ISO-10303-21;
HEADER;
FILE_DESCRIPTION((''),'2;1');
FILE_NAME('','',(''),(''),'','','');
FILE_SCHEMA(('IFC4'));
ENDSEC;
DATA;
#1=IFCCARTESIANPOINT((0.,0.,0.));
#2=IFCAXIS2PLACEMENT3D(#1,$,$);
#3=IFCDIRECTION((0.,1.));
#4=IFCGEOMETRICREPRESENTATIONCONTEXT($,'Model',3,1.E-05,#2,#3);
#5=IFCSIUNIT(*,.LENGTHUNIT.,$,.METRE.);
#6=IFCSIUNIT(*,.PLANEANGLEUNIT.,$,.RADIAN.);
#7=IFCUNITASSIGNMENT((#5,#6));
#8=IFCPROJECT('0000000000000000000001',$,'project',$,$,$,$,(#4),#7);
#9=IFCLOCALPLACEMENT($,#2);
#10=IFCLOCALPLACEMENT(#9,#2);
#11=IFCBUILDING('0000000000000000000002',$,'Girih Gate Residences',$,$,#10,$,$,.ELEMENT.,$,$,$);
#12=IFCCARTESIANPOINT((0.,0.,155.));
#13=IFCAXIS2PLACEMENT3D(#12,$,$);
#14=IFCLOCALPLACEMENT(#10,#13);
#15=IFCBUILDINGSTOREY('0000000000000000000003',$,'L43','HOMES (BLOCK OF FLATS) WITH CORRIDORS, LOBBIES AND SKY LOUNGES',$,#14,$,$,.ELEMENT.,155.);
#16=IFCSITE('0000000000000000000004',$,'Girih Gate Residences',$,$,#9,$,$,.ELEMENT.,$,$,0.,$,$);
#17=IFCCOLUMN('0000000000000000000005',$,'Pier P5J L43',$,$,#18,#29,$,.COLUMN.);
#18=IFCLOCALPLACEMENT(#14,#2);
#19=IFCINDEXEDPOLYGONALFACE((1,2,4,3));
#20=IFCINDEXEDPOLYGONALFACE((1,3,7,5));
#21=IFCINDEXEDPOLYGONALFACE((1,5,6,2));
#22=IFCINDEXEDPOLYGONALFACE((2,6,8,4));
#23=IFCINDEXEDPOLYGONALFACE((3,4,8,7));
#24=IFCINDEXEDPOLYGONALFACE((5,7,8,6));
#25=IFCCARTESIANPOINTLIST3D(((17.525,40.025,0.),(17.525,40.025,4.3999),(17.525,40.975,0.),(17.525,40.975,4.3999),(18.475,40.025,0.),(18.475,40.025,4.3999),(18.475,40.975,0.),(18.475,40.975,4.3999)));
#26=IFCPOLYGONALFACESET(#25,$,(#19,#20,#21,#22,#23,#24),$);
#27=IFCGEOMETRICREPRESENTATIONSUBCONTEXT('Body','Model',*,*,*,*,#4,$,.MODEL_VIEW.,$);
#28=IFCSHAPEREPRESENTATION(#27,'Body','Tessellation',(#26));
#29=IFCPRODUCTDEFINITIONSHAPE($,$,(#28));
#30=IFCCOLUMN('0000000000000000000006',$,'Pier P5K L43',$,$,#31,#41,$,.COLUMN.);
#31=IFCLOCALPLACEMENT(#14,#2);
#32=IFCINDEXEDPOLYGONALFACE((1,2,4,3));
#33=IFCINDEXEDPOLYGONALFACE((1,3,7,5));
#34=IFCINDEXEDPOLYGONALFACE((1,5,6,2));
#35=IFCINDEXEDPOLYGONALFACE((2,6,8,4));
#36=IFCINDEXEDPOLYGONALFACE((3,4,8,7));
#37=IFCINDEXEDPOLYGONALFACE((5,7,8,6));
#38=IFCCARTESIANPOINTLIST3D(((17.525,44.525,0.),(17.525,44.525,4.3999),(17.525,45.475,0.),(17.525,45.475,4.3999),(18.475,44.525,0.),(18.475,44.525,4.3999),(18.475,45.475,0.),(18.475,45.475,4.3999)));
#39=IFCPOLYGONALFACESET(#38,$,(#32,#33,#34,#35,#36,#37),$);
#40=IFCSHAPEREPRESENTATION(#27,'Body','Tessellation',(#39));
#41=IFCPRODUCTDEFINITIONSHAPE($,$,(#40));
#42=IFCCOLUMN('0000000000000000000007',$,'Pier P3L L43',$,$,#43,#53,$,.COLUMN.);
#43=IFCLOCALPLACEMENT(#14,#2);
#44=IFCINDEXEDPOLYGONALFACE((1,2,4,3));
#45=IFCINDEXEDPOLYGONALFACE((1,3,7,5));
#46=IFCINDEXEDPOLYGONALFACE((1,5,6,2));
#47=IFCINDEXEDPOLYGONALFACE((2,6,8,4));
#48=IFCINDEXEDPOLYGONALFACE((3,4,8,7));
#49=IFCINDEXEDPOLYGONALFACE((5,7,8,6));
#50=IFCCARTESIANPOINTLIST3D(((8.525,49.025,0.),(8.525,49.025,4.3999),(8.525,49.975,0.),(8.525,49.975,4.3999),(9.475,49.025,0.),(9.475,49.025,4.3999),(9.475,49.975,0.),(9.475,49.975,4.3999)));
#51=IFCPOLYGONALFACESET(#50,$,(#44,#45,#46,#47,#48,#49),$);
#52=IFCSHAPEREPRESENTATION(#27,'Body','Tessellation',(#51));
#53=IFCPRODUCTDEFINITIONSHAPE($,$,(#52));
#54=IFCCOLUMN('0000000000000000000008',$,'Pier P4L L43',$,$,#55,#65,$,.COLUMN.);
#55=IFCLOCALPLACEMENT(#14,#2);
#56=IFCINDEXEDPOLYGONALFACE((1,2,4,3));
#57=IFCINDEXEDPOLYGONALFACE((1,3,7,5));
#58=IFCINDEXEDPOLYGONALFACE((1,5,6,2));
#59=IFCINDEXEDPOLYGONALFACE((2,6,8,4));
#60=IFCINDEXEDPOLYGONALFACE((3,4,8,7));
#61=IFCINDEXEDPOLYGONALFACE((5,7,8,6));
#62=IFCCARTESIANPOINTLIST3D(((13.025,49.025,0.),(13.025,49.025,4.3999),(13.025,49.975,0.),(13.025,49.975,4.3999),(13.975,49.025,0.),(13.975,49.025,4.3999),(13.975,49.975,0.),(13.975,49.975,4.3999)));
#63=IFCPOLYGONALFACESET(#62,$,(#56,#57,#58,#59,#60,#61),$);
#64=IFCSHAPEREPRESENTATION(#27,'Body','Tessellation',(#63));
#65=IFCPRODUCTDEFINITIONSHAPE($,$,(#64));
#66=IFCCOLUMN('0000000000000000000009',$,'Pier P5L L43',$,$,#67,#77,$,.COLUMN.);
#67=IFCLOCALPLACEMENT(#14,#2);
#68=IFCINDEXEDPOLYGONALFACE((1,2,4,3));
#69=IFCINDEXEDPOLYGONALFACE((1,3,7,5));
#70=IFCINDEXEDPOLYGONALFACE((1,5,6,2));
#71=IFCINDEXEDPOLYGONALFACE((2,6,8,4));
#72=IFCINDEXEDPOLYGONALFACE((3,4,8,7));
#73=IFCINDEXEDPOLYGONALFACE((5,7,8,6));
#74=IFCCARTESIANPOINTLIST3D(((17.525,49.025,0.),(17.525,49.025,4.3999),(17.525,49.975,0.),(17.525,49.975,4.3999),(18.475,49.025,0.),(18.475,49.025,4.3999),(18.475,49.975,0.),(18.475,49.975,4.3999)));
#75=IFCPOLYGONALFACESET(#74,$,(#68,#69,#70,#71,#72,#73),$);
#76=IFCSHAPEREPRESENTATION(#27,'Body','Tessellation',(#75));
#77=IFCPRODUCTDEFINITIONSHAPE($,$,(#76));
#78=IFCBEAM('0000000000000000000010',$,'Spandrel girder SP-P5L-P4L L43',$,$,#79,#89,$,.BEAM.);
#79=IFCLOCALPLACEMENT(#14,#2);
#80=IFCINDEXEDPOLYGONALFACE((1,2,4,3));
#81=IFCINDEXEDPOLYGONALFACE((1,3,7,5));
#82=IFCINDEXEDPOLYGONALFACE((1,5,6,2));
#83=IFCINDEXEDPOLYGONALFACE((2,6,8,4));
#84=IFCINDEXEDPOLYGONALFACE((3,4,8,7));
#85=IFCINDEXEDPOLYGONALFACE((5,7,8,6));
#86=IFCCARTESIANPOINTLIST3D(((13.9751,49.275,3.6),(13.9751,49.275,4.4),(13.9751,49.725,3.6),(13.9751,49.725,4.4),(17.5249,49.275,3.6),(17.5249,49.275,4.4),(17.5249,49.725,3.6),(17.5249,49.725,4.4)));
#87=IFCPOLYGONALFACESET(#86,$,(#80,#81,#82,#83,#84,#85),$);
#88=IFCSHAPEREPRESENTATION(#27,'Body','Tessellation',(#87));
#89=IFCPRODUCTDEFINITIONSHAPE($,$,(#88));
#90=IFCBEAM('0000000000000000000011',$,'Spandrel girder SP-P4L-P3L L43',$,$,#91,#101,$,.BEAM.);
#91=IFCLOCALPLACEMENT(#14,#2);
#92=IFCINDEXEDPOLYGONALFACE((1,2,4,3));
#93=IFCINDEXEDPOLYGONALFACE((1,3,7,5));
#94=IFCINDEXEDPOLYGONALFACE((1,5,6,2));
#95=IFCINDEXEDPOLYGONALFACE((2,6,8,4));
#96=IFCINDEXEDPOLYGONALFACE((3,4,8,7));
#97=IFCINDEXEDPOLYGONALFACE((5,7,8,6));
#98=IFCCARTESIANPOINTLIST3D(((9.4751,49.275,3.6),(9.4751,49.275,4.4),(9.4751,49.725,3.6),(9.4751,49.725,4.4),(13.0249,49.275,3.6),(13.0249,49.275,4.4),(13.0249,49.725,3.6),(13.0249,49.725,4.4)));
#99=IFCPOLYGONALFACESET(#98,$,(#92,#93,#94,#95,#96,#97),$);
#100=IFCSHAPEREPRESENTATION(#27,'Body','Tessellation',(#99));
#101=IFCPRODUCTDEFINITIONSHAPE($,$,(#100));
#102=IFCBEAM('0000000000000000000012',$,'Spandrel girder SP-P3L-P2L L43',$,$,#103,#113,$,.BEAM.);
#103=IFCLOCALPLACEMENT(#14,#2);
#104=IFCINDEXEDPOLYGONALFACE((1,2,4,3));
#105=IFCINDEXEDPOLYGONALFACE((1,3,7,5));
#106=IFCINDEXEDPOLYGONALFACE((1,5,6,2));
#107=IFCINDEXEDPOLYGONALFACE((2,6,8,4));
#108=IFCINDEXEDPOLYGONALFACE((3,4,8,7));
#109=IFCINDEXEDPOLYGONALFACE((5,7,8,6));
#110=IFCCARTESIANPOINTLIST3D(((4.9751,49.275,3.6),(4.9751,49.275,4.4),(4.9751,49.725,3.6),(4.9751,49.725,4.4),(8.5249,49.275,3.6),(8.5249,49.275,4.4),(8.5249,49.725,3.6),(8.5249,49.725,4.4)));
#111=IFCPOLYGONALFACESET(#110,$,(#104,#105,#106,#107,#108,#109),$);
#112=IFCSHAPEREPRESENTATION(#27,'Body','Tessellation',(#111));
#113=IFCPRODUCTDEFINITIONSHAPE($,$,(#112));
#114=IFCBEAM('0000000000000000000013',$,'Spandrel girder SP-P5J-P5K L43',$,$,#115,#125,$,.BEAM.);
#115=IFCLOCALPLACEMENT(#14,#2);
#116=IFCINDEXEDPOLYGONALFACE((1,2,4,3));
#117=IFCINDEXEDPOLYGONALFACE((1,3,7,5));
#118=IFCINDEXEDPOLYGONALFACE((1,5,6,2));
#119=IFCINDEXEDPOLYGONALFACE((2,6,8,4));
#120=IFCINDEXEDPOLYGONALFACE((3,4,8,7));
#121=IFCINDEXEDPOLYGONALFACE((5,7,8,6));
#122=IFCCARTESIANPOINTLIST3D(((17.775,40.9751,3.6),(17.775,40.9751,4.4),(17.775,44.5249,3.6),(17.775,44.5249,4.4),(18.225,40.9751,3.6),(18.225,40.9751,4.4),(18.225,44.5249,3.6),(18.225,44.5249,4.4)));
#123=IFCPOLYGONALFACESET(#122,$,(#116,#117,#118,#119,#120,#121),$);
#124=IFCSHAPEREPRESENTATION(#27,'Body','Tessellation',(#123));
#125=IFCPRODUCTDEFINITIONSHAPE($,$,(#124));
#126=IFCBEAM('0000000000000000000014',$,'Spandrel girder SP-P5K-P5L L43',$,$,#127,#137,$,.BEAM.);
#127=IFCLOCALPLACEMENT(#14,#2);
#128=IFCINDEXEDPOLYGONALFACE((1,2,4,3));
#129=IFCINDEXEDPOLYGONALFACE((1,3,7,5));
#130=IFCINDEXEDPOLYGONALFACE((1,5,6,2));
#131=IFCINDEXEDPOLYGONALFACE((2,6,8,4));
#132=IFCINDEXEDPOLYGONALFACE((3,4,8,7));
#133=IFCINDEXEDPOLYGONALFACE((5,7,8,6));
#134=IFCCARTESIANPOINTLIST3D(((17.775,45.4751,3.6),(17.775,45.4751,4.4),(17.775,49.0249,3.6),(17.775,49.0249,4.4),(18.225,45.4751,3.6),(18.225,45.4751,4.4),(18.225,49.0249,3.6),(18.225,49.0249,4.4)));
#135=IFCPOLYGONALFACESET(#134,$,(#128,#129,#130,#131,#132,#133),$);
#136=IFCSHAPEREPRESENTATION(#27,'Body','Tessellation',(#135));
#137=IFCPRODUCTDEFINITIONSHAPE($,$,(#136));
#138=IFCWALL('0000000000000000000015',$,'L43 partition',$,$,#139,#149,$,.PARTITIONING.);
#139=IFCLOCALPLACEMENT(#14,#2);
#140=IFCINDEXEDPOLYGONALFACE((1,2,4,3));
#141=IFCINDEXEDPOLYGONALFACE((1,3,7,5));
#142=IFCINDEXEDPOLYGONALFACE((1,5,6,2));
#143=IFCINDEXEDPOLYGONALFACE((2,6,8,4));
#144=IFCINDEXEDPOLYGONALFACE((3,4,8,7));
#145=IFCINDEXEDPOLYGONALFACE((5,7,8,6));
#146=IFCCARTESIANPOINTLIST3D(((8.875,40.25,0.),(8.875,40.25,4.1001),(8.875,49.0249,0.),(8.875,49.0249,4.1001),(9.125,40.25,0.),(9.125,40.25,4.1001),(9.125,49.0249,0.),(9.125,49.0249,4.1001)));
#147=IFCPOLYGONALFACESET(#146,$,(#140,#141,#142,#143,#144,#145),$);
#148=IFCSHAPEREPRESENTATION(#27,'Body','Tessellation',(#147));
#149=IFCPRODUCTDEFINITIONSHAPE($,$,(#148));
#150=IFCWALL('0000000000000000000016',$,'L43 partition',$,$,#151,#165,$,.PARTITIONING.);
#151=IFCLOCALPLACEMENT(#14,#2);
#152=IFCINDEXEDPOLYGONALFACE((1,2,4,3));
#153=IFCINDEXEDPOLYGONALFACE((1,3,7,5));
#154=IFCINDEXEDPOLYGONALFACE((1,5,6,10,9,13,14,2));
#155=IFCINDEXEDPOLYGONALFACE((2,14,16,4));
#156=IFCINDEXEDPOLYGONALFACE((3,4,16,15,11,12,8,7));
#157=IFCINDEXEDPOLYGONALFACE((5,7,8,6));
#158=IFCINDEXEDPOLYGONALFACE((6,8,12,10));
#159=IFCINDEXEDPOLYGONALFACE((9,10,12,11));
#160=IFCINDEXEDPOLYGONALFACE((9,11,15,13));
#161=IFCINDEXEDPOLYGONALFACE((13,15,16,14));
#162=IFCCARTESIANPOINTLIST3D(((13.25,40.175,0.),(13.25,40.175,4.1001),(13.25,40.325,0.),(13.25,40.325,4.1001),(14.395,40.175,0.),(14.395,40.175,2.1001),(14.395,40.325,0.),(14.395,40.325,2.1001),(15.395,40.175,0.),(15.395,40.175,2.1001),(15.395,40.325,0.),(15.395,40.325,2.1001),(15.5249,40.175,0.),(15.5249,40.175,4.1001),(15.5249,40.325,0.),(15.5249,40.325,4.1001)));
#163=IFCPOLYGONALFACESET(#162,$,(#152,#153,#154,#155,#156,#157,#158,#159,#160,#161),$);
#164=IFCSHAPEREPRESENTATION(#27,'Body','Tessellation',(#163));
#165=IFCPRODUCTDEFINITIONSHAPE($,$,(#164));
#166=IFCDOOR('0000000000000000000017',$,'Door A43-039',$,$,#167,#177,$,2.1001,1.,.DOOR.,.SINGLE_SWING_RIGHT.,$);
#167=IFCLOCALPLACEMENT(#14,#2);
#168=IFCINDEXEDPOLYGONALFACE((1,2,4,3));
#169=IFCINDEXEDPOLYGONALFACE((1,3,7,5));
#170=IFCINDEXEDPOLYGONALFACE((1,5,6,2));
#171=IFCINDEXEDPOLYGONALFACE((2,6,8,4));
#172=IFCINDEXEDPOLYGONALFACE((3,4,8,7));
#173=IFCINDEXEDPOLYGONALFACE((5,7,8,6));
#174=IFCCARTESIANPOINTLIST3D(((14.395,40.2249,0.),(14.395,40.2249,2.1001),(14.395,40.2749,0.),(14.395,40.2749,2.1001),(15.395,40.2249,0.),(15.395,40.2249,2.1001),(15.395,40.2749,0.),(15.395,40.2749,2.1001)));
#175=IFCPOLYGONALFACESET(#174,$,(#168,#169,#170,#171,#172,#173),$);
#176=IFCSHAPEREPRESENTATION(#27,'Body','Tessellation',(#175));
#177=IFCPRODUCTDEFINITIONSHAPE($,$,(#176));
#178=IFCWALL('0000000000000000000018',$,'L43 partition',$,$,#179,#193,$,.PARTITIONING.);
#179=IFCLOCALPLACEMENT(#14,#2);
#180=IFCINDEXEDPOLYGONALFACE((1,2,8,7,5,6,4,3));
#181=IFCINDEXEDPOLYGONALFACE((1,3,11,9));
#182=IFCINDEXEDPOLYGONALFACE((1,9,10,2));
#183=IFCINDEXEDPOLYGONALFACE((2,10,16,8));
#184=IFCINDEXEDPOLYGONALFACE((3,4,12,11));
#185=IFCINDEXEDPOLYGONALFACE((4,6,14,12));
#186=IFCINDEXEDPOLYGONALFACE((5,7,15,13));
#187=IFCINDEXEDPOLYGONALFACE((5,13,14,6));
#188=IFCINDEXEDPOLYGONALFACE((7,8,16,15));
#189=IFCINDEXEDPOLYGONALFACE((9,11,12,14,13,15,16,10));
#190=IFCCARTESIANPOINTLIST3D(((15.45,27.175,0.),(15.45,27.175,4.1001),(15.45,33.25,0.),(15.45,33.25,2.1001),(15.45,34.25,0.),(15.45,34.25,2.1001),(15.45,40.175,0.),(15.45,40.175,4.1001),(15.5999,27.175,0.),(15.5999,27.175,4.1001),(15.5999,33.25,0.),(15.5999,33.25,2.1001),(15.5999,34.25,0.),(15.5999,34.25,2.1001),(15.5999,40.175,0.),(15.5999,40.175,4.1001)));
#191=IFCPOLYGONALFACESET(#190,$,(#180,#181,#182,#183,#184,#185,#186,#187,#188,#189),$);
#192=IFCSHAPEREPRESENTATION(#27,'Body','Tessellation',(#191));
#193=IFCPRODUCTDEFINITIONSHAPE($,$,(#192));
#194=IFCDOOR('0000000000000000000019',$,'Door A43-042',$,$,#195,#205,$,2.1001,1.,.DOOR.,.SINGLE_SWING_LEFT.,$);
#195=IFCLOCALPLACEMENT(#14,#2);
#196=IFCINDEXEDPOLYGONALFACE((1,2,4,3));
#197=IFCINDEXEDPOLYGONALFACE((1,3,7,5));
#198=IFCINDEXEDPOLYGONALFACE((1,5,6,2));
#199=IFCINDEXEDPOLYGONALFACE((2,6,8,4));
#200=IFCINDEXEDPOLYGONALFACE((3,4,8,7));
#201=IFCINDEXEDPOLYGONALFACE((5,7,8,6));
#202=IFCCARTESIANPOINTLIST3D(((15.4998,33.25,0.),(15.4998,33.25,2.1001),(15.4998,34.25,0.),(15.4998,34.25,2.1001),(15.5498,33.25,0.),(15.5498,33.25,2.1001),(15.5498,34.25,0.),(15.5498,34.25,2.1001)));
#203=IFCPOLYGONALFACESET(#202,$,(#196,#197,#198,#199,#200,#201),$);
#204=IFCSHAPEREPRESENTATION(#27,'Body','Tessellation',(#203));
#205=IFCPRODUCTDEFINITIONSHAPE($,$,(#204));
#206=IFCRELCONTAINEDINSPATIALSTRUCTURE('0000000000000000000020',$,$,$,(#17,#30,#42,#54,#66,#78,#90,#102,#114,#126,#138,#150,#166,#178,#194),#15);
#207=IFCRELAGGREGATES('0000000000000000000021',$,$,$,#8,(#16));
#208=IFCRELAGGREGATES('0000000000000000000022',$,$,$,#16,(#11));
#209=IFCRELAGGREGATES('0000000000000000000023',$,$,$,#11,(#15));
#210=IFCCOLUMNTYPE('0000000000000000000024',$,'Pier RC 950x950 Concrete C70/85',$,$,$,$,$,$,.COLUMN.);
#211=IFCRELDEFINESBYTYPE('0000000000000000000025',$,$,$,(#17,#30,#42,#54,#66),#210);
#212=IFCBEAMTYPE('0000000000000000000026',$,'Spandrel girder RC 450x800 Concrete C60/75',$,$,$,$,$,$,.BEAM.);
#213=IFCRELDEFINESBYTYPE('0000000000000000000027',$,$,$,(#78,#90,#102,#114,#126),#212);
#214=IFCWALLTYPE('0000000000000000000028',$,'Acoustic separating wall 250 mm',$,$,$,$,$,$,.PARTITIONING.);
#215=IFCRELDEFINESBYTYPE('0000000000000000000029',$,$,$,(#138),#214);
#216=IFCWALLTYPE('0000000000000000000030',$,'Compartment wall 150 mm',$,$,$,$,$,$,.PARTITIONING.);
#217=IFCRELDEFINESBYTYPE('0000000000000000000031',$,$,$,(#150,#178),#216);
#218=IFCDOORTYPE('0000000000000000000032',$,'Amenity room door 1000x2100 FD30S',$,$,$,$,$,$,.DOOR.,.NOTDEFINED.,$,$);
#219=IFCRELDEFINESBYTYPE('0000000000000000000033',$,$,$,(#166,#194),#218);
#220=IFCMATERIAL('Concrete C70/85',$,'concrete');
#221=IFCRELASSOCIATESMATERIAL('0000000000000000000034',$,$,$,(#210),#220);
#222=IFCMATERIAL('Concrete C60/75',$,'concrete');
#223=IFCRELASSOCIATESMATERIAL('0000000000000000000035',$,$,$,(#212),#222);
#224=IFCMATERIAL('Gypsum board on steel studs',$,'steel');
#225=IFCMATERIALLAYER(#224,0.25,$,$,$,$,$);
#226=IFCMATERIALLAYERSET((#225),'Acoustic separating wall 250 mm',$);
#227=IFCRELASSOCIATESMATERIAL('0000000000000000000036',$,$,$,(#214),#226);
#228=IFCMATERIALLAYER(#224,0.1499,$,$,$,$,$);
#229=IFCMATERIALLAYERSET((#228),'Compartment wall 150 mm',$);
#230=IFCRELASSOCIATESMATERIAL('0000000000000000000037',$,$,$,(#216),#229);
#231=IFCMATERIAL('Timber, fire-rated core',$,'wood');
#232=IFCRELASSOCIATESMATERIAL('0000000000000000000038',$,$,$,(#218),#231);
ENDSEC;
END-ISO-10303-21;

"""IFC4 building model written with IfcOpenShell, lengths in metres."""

from ifc_helpers import new_model, si_unit, direction, frame, frame_2d, origin, origin_2d, place, context, subcontext, project, spatial, rectangle, extrude, material, layer, layer_set, material_profile, profile_set, type_object, element, fill, save


model = new_model("IFC4")

# Units and contexts
model_context = context("Model", 3, precision=1e-05, world=origin(), true_north=direction((0.0, 1.0)))
body_context = subcontext(model_context, "Body", "Model", "MODEL_VIEW")
ifc_project = project(units=[si_unit("LENGTHUNIT", "METRE"), si_unit("PLANEANGLEUNIT", "RADIAN")], contexts=[model_context])

# Site, building, storey
site_placement = place(None, origin())
site = spatial("IfcSite", under=ifc_project, at=site_placement, Name="Girih Gate Residences", CompositionType="ELEMENT", RefElevation=0.0)
building_placement = place(site_placement, origin())
building = spatial("IfcBuilding", under=site, at=building_placement, Name="Girih Gate Residences", CompositionType="ELEMENT")
storey_placement = place(building_placement, frame((0.0, 0.0, 155.0)))
storey = spatial("IfcBuildingStorey", under=building, at=storey_placement, Name="L43", Description="HOMES (BLOCK OF FLATS) WITH CORRIDORS, LOBBIES AND SKY LOUNGES", CompositionType="ELEMENT", Elevation=155.0)

# Columns
ifc_material_1 = material(Name="Concrete C70/85", Category="concrete")
ifc_material_profile_1 = material_profile(ifc_material_1, rectangle(XDim=0.95, YDim=0.95, at=origin_2d()))
ifc_profile_set_1 = profile_set([ifc_material_profile_1], Name="Concrete C70/85")
column_type = type_object("IfcColumnType", Name="Pier RC 950x950 Concrete C70/85", PredefinedType="COLUMN", material=ifc_profile_set_1)
for number, where, z_axis, x_axis, name in (
    (1, (18.0, 40.5, 0.0), (0.0, 0.0, 1.0), (1.0, 0.0, 0.0), "Pier P5J L43"),
    (2, (18.0, 45.0, 0.0), (0.0, 0.0, 1.0), (1.0, 0.0, 0.0), "Pier P5K L43"),
    (3, (9.0, 49.5, 0.0), (0.0, 0.0, 1.0), (1.0, 0.0, 0.0), "Pier P3L L43"),
    (4, (13.5, 49.5, 0.0), (0.0, 0.0, 1.0), (1.0, 0.0, 0.0), "Pier P4L L43"),
    (5, (18.0, 49.5, 0.0), (0.0, 0.0, 1.0), (1.0, 0.0, 0.0), "Pier P5L L43"),
):
    element("IfcColumn", number, at=place(storey_placement, frame(where, z_axis=z_axis, x_axis=x_axis)), inside=storey, type_object=column_type, Name=name, PredefinedType="COLUMN", context=body_context, shape_type="SweptSolid", body=[
        extrude(rectangle(XDim=0.95, YDim=0.95, at=origin_2d()), origin(), (0.0, 0.0, 1.0), 4.3999),
    ])

# Beams
ifc_material_2 = material(Name="Concrete C60/75", Category="concrete")
ifc_material_profile_2 = material_profile(ifc_material_2, rectangle(XDim=0.45, YDim=0.8, at=origin_2d()))
ifc_profile_set_2 = profile_set([ifc_material_profile_2], Name="Concrete C60/75")
beam_type = type_object("IfcBeamType", Name="Spandrel girder RC 450x800 Concrete C60/75", PredefinedType="BEAM", material=ifc_profile_set_2)
for number, where, z_axis, x_axis, name in (
    (6, (17.5249, 49.5, 4.0), (-1.0, 0.0, 0.0), (0.0, -1.0, 0.0), "Spandrel girder SP-P5L-P4L L43"),
    (7, (13.0249, 49.5, 4.0), (-1.0, 0.0, 0.0), (0.0, -1.0, 0.0), "Spandrel girder SP-P4L-P3L L43"),
    (8, (8.5249, 49.5, 4.0), (-1.0, 0.0, 0.0), (0.0, -1.0, 0.0), "Spandrel girder SP-P3L-P2L L43"),
    (9, (18.0, 40.9751, 4.0), (0.0, 1.0, 0.0), (-1.0, 0.0, 0.0), "Spandrel girder SP-P5J-P5K L43"),
    (10, (18.0, 45.4751, 4.0), (0.0, 1.0, 0.0), (-1.0, 0.0, 0.0), "Spandrel girder SP-P5K-P5L L43"),
):
    element("IfcBeam", number, at=place(storey_placement, frame(where, z_axis=z_axis, x_axis=x_axis)), inside=storey, type_object=beam_type, Name=name, PredefinedType="BEAM", context=body_context, shape_type="SweptSolid", body=[
        extrude(rectangle(XDim=0.45, YDim=0.8, at=origin_2d()), origin(), (0.0, 0.0, 1.0), 3.5498),
    ])

# Wall
ifc_material_3 = material(Name="Gypsum board on steel studs", Category="steel")
ifc_layer_1 = layer(ifc_material_3, 0.25)
ifc_layer_set_1 = layer_set([ifc_layer_1], Name="Acoustic separating wall 250 mm")
wall_type_1 = type_object("IfcWallType", Name="Acoustic separating wall 250 mm", PredefinedType="PARTITIONING", material=ifc_layer_set_1)
wall_1_placement = place(storey_placement, frame((9.0, 40.25, 0.0), z_axis=(0.0, 0.0, 1.0), x_axis=(0.0, 1.0, 0.0)))
element("IfcWall", 11, at=wall_1_placement, inside=storey, type_object=wall_type_1, Name="L43 partition", PredefinedType="PARTITIONING", context=body_context, shape_type="SweptSolid", body=[
    extrude(rectangle(XDim=8.7749, YDim=0.25, at=frame_2d((4.3875, 0.0))), origin(), (0.0, 0.0, 1.0), 4.1001),
])

# Walls, openings, doors
ifc_layer_2 = layer(ifc_material_3, 0.1499)
ifc_layer_set_2 = layer_set([ifc_layer_2], Name="Compartment wall 150 mm")
wall_type_2 = type_object("IfcWallType", Name="Compartment wall 150 mm", PredefinedType="PARTITIONING", material=ifc_layer_set_2)
wall_2_placement = place(storey_placement, frame((13.25, 40.25, 0.0), z_axis=(0.0, 0.0, 1.0), x_axis=(1.0, 0.0, 0.0)))
wall_2 = element("IfcWall", 12, at=wall_2_placement, inside=storey, type_object=wall_type_2, Name="L43 partition", PredefinedType="PARTITIONING", context=body_context, shape_type="SweptSolid", body=[
    extrude(rectangle(XDim=2.2749, YDim=0.1499, at=frame_2d((1.1375, 0.0))), origin(), (0.0, 0.0, 1.0), 4.1001),
])
opening_1_placement = place(wall_2_placement, frame((1.145, 0.0, 0.0)))
opening_1 = element("IfcOpeningElement", 13, at=opening_1_placement, cuts=wall_2, PredefinedType="OPENING", context=body_context, shape_type="SweptSolid", body=[
    extrude(rectangle(XDim=1.0, YDim=2.1001, at=frame_2d((0.5, 1.05))), frame((0.0, 0.085, 0.0), z_axis=(0.0, -1.0, 0.0), x_axis=(1.0, 0.0, 0.0)), (0.0, 0.0, 1.0), 0.1699),
])
ifc_material_4 = material(Name="Timber, fire-rated core", Category="wood")
door_type_1 = type_object("IfcDoorType", Name="Amenity room door 1000x2100 FD30S", OperationType="NOTDEFINED", PredefinedType="DOOR", material=ifc_material_4)
door_1_placement = place(opening_1_placement, origin())
door_1 = element("IfcDoor", 14, at=door_1_placement, inside=storey, type_object=door_type_1, Name="Door A43-039", OperationType="SINGLE_SWING_RIGHT", OverallHeight=2.1001, OverallWidth=1.0, PredefinedType="DOOR", context=body_context, shape_type="SweptSolid", body=[
    extrude(rectangle(XDim=1.0, YDim=2.1001, at=frame_2d((0.5, 1.05))), frame((0.0, 0.0249, 0.0), z_axis=(0.0, -1.0, 0.0), x_axis=(1.0, 0.0, 0.0)), (0.0, 0.0, 1.0), 0.05),
])
fill(opening_1, door_1)
wall_3_placement = place(storey_placement, frame((15.5249, 40.175, 0.0), z_axis=(0.0, 0.0, 1.0), x_axis=(0.0, -1.0, 0.0)))
wall_3 = element("IfcWall", 15, at=wall_3_placement, inside=storey, type_object=wall_type_2, Name="L43 partition", PredefinedType="PARTITIONING", context=body_context, shape_type="SweptSolid", body=[
    extrude(rectangle(XDim=13.0, YDim=0.1499, at=frame_2d((6.5, 0.0))), origin(), (0.0, 0.0, 1.0), 4.1001),
])
opening_2_placement = place(wall_3_placement, frame((5.925, 0.0, 0.0)))
opening_2 = element("IfcOpeningElement", 16, at=opening_2_placement, cuts=wall_3, PredefinedType="OPENING", context=body_context, shape_type="SweptSolid", body=[
    extrude(rectangle(XDim=1.0, YDim=2.1001, at=frame_2d((0.5, 1.05))), frame((0.0, 0.085, 0.0), z_axis=(0.0, -1.0, 0.0), x_axis=(1.0, 0.0, 0.0)), (0.0, 0.0, 1.0), 0.1699),
])
door_2_placement = place(opening_2_placement, origin())
door_2 = element("IfcDoor", 17, at=door_2_placement, inside=storey, type_object=door_type_1, Name="Door A43-042", OperationType="SINGLE_SWING_LEFT", OverallHeight=2.1001, OverallWidth=1.0, PredefinedType="DOOR", context=body_context, shape_type="SweptSolid", body=[
    extrude(rectangle(XDim=1.0, YDim=2.1001, at=frame_2d((0.5, 1.05))), frame((0.0, 0.0249, 0.0), z_axis=(0.0, -1.0, 0.0), x_axis=(1.0, 0.0, 0.0)), (0.0, 0.0, 1.0), 0.05),
])
fill(opening_2, door_2)

save(model, "model.ifc")
